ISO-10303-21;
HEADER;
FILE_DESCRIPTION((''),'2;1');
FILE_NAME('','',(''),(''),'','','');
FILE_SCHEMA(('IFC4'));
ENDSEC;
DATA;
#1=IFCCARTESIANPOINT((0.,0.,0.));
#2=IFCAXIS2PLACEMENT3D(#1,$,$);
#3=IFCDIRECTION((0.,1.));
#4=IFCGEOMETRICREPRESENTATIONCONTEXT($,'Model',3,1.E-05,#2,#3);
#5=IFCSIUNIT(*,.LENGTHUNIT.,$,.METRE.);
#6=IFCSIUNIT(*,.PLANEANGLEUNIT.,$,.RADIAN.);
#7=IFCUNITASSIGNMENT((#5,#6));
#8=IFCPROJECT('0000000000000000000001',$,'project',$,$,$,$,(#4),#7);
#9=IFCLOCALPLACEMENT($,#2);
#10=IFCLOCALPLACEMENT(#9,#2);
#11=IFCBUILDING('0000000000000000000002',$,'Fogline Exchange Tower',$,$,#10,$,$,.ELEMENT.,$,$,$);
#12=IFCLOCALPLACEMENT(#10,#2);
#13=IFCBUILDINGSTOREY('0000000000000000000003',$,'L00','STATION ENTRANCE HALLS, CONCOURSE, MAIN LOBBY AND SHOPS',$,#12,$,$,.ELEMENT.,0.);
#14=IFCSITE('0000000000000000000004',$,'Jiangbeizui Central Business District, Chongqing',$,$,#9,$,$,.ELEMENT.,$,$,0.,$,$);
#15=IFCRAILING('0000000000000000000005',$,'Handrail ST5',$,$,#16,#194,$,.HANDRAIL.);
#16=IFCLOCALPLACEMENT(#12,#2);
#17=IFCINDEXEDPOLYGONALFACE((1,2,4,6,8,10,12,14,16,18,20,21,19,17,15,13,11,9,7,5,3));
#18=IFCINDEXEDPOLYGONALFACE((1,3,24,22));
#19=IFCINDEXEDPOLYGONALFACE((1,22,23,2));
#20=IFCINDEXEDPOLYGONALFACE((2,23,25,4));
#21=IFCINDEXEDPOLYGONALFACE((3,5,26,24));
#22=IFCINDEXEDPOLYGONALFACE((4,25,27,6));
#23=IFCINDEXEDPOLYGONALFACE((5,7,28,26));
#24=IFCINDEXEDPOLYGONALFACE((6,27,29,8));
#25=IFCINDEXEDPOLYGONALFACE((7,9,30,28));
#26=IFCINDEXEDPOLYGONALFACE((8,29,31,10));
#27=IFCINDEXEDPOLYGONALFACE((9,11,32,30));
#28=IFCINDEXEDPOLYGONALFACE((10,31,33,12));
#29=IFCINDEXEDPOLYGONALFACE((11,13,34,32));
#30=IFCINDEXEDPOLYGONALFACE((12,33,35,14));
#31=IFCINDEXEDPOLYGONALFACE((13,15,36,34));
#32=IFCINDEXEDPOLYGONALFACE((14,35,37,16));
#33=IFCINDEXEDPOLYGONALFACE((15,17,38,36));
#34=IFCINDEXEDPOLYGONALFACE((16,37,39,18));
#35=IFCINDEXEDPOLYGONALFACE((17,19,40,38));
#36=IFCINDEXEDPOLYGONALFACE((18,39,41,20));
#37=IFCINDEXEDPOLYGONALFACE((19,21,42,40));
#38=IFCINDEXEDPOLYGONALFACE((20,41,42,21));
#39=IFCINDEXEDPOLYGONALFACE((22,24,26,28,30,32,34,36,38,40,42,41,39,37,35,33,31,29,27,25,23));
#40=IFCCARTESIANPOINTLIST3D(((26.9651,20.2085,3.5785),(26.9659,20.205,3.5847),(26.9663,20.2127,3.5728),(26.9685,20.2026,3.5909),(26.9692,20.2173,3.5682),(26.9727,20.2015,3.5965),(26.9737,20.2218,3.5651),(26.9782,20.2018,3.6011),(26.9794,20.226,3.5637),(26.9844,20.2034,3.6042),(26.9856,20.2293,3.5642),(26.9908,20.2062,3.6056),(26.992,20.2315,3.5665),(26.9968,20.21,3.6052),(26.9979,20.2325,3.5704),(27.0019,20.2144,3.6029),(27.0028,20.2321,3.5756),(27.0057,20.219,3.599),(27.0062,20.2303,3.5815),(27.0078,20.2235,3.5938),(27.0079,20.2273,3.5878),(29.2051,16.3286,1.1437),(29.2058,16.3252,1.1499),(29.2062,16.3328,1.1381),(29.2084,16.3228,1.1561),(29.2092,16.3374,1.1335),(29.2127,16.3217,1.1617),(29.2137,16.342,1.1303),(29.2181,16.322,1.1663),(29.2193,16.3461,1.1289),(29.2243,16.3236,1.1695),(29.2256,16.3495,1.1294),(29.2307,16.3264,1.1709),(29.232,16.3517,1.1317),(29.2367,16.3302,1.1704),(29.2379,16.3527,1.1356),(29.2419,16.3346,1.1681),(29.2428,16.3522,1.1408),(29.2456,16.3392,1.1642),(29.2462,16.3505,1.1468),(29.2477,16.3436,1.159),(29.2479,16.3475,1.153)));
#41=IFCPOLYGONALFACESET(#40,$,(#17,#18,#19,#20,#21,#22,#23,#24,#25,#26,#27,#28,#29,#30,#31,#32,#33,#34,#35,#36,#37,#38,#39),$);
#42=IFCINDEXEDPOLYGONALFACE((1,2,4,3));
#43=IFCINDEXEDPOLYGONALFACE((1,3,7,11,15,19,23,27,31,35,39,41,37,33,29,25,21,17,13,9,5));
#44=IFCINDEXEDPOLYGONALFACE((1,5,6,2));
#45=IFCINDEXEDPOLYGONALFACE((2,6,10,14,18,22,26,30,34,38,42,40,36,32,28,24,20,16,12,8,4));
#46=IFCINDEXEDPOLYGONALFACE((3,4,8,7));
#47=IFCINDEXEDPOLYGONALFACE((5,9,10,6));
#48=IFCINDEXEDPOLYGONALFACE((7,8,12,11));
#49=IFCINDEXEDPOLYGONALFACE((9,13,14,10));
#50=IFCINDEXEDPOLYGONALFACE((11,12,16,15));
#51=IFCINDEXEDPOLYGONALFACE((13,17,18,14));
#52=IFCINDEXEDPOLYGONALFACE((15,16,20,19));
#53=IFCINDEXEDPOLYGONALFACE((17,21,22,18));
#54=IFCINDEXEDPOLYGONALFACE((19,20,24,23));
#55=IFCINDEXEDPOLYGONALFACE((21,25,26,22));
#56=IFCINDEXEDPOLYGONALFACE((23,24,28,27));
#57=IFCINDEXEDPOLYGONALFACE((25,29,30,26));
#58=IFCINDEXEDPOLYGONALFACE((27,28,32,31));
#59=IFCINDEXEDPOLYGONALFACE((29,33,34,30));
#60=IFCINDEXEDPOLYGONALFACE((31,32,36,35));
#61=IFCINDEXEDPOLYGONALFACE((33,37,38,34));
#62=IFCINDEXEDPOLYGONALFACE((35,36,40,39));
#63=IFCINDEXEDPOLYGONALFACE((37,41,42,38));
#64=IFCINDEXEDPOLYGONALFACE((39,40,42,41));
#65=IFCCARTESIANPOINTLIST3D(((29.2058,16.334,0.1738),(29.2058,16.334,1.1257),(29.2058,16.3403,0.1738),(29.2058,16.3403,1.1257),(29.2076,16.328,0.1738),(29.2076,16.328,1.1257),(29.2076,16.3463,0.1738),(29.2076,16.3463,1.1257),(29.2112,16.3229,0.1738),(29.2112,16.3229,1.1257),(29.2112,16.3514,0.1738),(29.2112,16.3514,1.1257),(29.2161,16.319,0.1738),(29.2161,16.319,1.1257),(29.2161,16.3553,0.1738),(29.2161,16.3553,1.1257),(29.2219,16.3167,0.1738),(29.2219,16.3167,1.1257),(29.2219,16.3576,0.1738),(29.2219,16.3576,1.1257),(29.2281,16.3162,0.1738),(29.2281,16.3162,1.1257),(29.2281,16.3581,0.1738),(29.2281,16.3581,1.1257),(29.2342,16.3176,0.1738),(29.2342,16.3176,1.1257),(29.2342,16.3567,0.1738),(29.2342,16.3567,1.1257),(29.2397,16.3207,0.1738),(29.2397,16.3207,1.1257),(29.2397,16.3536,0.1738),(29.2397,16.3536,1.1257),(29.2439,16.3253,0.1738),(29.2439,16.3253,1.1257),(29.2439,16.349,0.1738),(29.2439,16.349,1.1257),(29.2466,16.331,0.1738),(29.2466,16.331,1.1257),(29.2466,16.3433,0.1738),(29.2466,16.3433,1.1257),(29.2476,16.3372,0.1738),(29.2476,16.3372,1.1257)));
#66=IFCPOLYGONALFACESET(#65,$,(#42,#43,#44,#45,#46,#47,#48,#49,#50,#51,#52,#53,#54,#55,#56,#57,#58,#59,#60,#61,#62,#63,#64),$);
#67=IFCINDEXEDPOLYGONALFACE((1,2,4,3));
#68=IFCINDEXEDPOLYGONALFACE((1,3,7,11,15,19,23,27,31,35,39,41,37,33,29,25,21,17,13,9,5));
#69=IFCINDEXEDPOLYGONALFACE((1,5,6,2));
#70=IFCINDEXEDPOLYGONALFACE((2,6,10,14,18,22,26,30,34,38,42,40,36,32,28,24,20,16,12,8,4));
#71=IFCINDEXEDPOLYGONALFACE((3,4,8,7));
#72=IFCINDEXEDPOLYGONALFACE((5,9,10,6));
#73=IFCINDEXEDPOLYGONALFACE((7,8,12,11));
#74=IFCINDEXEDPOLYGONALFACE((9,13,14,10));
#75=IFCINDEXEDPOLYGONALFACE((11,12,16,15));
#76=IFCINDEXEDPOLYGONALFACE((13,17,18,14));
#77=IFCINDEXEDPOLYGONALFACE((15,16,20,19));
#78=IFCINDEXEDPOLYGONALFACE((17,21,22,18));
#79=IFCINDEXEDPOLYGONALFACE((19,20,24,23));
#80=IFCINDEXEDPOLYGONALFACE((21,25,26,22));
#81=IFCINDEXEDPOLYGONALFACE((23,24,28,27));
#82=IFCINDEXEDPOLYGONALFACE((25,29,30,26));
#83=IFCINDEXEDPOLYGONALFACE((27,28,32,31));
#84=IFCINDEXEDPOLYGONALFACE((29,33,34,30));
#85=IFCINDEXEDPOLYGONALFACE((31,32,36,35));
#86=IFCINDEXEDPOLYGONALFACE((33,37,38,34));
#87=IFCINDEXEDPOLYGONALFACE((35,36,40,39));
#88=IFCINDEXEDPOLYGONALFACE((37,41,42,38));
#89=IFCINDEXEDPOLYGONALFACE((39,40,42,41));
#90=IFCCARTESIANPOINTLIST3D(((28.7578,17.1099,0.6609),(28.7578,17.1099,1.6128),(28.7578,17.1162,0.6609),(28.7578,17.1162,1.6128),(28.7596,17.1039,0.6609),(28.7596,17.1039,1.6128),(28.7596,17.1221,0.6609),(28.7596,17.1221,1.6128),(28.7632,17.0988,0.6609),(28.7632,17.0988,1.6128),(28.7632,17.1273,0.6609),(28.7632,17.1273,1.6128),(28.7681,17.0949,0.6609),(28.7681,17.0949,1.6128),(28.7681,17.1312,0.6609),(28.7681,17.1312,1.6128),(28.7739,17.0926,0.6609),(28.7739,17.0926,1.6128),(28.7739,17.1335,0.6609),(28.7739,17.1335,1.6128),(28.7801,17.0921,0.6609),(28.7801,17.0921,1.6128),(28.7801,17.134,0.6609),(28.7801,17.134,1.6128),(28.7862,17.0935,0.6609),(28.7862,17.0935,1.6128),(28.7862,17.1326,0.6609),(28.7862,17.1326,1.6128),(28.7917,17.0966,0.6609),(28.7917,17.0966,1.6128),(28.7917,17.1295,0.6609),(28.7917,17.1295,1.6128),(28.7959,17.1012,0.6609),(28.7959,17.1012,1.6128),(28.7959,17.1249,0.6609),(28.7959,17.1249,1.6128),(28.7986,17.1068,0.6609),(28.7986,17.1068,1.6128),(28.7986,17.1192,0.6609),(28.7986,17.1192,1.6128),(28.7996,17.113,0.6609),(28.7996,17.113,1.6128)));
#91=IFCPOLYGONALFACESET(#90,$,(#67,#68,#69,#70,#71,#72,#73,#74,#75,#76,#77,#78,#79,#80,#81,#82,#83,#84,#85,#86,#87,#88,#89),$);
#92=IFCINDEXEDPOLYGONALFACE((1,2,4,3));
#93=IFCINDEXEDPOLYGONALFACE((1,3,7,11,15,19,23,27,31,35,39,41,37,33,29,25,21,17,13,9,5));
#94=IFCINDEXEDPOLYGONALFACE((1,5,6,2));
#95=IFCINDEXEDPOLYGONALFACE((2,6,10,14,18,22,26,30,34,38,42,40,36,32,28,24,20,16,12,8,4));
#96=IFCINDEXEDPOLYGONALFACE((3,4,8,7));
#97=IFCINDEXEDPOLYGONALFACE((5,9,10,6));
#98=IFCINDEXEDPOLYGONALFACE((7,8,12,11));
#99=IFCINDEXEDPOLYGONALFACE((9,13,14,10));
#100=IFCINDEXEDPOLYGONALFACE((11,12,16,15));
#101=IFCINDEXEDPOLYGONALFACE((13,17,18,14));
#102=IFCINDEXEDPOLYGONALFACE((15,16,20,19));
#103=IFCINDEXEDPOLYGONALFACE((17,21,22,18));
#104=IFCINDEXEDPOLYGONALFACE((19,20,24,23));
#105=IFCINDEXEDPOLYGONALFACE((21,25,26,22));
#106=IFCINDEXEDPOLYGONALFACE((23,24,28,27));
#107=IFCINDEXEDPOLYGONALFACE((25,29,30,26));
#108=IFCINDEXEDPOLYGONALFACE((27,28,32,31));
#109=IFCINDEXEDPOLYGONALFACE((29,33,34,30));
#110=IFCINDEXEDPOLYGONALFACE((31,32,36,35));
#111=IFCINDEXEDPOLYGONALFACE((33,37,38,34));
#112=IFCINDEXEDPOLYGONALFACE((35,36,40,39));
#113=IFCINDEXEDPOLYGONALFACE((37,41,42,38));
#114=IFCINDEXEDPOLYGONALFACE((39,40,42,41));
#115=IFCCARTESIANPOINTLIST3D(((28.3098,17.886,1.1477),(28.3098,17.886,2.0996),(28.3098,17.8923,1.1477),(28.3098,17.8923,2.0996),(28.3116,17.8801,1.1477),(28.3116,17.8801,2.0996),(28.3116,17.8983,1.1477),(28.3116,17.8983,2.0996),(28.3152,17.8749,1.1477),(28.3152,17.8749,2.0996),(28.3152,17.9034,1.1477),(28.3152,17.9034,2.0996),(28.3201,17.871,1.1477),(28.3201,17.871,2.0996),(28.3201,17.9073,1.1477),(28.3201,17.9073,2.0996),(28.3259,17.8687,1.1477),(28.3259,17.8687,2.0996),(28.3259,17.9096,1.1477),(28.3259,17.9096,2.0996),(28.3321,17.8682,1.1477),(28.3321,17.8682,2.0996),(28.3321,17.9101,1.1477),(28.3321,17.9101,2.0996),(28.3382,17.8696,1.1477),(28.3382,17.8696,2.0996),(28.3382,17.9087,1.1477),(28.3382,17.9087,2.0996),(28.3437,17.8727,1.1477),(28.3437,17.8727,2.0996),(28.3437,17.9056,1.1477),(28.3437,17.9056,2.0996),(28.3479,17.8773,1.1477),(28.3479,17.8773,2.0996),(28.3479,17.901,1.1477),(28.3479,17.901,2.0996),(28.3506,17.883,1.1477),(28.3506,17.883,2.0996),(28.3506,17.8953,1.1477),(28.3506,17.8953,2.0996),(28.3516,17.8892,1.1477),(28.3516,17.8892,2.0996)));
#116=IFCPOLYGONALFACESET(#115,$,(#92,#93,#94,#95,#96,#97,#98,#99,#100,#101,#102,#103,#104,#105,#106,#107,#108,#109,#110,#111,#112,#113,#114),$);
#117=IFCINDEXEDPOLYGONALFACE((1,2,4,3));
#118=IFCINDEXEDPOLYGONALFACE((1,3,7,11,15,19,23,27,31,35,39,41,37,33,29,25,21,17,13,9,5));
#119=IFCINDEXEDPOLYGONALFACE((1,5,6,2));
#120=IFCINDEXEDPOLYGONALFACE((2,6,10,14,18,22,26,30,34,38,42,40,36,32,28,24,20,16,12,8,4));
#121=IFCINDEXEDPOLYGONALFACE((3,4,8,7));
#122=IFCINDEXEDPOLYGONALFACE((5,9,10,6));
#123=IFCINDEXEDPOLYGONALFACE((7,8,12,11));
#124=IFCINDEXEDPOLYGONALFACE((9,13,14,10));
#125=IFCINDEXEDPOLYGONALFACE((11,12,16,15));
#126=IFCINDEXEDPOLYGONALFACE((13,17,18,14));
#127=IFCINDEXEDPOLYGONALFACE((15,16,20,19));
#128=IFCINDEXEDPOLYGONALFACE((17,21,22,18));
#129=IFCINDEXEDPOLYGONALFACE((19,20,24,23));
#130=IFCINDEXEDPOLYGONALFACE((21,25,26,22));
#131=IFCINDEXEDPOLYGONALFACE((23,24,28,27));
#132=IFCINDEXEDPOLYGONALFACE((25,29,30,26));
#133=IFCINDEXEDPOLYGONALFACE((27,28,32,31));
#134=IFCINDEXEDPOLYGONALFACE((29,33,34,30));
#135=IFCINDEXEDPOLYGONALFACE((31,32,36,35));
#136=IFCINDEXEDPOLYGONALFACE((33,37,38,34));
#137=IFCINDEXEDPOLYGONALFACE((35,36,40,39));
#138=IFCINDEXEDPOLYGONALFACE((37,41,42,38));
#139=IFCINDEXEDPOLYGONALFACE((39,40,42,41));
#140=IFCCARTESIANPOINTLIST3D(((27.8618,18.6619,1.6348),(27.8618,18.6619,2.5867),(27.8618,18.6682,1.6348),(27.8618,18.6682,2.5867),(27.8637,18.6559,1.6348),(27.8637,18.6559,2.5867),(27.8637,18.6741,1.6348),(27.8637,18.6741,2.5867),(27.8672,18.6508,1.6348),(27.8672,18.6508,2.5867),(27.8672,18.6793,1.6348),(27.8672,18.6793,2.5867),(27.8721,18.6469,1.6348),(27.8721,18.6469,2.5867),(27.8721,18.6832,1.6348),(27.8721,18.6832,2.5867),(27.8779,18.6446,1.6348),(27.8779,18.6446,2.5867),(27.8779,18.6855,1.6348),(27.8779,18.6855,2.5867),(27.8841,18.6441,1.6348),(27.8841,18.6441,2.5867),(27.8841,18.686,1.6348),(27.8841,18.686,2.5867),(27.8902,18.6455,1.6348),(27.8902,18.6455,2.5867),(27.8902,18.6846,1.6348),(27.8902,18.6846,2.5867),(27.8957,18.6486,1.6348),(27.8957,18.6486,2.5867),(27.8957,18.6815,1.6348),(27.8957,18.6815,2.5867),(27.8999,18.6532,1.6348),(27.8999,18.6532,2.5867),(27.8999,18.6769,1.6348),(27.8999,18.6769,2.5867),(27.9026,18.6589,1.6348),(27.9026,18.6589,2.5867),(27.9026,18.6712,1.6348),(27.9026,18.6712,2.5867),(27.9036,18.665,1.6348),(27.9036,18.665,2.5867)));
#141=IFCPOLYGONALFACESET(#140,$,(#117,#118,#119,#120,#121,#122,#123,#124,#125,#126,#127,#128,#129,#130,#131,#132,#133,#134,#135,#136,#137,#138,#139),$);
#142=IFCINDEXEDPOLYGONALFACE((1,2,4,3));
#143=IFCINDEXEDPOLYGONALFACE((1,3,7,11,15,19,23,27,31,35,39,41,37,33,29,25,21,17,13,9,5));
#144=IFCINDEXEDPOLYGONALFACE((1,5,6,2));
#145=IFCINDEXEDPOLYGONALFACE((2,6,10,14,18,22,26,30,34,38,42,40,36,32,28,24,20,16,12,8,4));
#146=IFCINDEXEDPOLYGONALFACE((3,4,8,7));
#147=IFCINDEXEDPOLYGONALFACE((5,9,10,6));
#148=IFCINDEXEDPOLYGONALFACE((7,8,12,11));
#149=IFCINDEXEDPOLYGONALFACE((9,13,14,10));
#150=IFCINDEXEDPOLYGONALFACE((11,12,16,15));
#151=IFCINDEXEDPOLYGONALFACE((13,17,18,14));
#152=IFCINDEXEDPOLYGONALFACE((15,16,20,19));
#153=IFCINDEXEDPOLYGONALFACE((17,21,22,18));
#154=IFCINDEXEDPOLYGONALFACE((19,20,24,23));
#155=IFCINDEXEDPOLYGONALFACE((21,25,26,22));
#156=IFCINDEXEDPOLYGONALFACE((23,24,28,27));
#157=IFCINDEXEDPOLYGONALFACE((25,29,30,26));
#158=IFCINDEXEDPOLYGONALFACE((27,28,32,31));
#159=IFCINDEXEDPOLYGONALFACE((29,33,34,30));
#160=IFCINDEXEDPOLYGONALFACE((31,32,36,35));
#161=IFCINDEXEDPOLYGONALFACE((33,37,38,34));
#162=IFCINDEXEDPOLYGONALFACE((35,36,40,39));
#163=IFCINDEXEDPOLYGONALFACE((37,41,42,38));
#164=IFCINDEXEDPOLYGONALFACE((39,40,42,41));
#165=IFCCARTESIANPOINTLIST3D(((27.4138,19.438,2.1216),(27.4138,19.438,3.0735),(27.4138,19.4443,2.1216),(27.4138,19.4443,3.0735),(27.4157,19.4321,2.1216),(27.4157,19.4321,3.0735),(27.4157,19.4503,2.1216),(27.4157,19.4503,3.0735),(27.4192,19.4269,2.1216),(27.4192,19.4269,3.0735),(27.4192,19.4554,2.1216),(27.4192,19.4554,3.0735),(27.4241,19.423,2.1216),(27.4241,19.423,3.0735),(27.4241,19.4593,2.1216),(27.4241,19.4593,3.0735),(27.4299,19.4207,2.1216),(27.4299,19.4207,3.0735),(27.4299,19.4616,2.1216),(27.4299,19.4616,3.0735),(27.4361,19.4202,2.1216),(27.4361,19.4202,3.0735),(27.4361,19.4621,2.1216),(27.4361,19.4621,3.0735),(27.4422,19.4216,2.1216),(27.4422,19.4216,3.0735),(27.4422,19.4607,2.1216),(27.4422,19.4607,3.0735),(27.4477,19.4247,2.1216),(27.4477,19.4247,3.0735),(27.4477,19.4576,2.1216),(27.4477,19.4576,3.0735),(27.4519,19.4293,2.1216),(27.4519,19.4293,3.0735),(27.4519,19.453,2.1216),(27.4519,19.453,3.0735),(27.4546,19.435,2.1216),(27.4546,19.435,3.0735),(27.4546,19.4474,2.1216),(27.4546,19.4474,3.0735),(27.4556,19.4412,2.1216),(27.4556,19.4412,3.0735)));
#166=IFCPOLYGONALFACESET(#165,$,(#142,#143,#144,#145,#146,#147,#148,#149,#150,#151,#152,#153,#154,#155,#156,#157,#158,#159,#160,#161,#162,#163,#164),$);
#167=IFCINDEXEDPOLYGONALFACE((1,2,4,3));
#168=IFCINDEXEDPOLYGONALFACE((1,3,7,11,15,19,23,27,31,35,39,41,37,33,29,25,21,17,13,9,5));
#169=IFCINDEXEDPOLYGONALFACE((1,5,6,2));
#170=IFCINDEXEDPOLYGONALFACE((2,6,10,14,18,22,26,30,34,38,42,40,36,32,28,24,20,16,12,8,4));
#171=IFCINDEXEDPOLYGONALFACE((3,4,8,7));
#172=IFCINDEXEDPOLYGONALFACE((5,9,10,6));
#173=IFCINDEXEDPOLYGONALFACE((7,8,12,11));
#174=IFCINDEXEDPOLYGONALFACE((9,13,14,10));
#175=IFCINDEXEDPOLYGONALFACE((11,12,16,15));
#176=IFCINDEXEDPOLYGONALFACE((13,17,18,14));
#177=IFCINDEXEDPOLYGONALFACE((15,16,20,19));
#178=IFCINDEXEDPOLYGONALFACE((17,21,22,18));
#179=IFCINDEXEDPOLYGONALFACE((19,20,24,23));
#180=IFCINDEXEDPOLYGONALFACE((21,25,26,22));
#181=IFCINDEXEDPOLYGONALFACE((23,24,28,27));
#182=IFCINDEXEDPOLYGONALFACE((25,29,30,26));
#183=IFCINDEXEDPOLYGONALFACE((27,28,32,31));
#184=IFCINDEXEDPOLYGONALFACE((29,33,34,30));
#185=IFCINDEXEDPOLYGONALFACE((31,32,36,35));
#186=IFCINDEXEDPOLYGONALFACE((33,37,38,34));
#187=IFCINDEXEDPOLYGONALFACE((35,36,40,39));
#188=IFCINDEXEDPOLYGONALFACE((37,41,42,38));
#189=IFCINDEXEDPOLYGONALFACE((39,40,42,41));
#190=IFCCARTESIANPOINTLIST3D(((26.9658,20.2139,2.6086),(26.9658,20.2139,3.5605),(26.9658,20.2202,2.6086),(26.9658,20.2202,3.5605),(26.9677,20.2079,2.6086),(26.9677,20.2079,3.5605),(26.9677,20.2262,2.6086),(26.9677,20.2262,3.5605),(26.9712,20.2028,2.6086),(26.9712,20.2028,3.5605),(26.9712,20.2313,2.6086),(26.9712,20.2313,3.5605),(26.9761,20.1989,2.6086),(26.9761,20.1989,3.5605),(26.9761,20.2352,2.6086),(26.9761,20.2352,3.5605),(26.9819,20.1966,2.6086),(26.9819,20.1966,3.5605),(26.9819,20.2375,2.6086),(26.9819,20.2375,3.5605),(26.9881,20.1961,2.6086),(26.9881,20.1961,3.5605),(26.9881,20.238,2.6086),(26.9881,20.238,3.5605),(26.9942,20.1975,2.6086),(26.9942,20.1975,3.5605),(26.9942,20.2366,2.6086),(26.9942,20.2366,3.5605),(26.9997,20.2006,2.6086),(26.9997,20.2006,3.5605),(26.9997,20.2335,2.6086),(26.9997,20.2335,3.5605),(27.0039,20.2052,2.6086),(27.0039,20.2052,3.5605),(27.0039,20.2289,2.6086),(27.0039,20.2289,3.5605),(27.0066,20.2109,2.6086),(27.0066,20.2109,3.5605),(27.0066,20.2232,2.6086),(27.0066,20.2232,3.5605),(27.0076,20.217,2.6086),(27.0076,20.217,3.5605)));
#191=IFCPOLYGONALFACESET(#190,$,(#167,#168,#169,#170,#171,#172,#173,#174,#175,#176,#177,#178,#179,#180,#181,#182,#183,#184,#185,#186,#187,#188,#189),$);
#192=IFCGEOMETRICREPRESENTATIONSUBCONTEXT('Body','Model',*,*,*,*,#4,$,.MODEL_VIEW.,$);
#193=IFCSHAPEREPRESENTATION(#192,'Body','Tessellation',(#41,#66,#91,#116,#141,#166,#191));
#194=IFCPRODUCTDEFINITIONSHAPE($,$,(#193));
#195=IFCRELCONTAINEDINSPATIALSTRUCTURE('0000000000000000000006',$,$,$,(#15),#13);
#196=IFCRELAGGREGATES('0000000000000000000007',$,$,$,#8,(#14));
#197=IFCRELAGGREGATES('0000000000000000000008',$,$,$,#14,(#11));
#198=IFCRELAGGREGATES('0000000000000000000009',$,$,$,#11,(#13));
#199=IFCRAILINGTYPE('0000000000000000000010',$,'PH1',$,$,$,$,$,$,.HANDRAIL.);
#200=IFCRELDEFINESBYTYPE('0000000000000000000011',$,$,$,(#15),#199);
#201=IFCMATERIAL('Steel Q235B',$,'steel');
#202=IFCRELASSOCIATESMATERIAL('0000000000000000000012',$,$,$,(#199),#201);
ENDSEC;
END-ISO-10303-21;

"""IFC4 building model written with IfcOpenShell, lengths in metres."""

from ifc_helpers import new_model, si_unit, direction, frame, origin, origin_2d, place, context, subcontext, project, spatial, circle, extrude, material, type_object, element, save


model = new_model("IFC4")

# Units and contexts
model_context = context("Model", 3, precision=1e-05, world=origin(), true_north=direction((0.0, 1.0)))
body_context = subcontext(model_context, "Body", "Model", "MODEL_VIEW")
ifc_project = project(units=[si_unit("LENGTHUNIT", "METRE"), si_unit("PLANEANGLEUNIT", "RADIAN")], contexts=[model_context])

# Site, building, storey
site_placement = place(None, origin())
site = spatial("IfcSite", under=ifc_project, at=site_placement, Name="Jiangbeizui Central Business District, Chongqing", CompositionType="ELEMENT", RefElevation=0.0)
building_placement = place(site_placement, origin())
building = spatial("IfcBuilding", under=site, at=building_placement, Name="Fogline Exchange Tower", CompositionType="ELEMENT")
storey_placement = place(building_placement, origin())
storey = spatial("IfcBuildingStorey", under=building, at=storey_placement, Name="L00", Description="STATION ENTRANCE HALLS, CONCOURSE, MAIN LOBBY AND SHOPS", CompositionType="ELEMENT", Elevation=0.0)

# Shared definitions
ifc_material_1 = material(Name="Steel Q235B", Category="steel")

# Railing
railing_type_1 = type_object("IfcRailingType", Name="PH1", PredefinedType="HANDRAIL", material=ifc_material_1)
for number, where, name in (
    (1, (29.2266, 16.3372, 0.1738), "Handrail ST5"),
):
    element("IfcRailing", number, at=place(storey_placement, frame(where)), inside=storey, type_object=railing_type_1, Name=name, PredefinedType="HANDRAIL", context=body_context, shape_type="SweptSolid", body=[
        extrude(circle(Radius=0.0239, at=origin_2d()), frame((0.0, 0.0, 0.9761), z_axis=(-0.439304, 0.760917, 0.477512), x_axis=(-0.866031, -0.49999, 0.0)), (0.0, 0.0, 1.0), 5.0989),
        extrude(circle(Radius=0.021, at=origin_2d()), origin(), (0.0, 0.0, 1.0), 0.9519),
        extrude(circle(Radius=0.021, at=origin_2d()), frame((-0.448, 0.7759, 0.4871)), (0.0, 0.0, 1.0), 0.9519),
        extrude(circle(Radius=0.021, at=origin_2d()), frame((-0.896, 1.552, 0.9739)), (0.0, 0.0, 1.0), 0.9519),
        extrude(circle(Radius=0.021, at=origin_2d()), frame((-1.344, 2.3279, 1.4609)), (0.0, 0.0, 1.0), 0.9519),
        extrude(circle(Radius=0.021, at=origin_2d()), frame((-1.792, 3.104, 1.9478)), (0.0, 0.0, 1.0), 0.9519),
        extrude(circle(Radius=0.021, at=origin_2d()), frame((-2.24, 3.8799, 2.4348)), (0.0, 0.0, 1.0), 0.9519),
    ])

save(model, "model.ifc")
